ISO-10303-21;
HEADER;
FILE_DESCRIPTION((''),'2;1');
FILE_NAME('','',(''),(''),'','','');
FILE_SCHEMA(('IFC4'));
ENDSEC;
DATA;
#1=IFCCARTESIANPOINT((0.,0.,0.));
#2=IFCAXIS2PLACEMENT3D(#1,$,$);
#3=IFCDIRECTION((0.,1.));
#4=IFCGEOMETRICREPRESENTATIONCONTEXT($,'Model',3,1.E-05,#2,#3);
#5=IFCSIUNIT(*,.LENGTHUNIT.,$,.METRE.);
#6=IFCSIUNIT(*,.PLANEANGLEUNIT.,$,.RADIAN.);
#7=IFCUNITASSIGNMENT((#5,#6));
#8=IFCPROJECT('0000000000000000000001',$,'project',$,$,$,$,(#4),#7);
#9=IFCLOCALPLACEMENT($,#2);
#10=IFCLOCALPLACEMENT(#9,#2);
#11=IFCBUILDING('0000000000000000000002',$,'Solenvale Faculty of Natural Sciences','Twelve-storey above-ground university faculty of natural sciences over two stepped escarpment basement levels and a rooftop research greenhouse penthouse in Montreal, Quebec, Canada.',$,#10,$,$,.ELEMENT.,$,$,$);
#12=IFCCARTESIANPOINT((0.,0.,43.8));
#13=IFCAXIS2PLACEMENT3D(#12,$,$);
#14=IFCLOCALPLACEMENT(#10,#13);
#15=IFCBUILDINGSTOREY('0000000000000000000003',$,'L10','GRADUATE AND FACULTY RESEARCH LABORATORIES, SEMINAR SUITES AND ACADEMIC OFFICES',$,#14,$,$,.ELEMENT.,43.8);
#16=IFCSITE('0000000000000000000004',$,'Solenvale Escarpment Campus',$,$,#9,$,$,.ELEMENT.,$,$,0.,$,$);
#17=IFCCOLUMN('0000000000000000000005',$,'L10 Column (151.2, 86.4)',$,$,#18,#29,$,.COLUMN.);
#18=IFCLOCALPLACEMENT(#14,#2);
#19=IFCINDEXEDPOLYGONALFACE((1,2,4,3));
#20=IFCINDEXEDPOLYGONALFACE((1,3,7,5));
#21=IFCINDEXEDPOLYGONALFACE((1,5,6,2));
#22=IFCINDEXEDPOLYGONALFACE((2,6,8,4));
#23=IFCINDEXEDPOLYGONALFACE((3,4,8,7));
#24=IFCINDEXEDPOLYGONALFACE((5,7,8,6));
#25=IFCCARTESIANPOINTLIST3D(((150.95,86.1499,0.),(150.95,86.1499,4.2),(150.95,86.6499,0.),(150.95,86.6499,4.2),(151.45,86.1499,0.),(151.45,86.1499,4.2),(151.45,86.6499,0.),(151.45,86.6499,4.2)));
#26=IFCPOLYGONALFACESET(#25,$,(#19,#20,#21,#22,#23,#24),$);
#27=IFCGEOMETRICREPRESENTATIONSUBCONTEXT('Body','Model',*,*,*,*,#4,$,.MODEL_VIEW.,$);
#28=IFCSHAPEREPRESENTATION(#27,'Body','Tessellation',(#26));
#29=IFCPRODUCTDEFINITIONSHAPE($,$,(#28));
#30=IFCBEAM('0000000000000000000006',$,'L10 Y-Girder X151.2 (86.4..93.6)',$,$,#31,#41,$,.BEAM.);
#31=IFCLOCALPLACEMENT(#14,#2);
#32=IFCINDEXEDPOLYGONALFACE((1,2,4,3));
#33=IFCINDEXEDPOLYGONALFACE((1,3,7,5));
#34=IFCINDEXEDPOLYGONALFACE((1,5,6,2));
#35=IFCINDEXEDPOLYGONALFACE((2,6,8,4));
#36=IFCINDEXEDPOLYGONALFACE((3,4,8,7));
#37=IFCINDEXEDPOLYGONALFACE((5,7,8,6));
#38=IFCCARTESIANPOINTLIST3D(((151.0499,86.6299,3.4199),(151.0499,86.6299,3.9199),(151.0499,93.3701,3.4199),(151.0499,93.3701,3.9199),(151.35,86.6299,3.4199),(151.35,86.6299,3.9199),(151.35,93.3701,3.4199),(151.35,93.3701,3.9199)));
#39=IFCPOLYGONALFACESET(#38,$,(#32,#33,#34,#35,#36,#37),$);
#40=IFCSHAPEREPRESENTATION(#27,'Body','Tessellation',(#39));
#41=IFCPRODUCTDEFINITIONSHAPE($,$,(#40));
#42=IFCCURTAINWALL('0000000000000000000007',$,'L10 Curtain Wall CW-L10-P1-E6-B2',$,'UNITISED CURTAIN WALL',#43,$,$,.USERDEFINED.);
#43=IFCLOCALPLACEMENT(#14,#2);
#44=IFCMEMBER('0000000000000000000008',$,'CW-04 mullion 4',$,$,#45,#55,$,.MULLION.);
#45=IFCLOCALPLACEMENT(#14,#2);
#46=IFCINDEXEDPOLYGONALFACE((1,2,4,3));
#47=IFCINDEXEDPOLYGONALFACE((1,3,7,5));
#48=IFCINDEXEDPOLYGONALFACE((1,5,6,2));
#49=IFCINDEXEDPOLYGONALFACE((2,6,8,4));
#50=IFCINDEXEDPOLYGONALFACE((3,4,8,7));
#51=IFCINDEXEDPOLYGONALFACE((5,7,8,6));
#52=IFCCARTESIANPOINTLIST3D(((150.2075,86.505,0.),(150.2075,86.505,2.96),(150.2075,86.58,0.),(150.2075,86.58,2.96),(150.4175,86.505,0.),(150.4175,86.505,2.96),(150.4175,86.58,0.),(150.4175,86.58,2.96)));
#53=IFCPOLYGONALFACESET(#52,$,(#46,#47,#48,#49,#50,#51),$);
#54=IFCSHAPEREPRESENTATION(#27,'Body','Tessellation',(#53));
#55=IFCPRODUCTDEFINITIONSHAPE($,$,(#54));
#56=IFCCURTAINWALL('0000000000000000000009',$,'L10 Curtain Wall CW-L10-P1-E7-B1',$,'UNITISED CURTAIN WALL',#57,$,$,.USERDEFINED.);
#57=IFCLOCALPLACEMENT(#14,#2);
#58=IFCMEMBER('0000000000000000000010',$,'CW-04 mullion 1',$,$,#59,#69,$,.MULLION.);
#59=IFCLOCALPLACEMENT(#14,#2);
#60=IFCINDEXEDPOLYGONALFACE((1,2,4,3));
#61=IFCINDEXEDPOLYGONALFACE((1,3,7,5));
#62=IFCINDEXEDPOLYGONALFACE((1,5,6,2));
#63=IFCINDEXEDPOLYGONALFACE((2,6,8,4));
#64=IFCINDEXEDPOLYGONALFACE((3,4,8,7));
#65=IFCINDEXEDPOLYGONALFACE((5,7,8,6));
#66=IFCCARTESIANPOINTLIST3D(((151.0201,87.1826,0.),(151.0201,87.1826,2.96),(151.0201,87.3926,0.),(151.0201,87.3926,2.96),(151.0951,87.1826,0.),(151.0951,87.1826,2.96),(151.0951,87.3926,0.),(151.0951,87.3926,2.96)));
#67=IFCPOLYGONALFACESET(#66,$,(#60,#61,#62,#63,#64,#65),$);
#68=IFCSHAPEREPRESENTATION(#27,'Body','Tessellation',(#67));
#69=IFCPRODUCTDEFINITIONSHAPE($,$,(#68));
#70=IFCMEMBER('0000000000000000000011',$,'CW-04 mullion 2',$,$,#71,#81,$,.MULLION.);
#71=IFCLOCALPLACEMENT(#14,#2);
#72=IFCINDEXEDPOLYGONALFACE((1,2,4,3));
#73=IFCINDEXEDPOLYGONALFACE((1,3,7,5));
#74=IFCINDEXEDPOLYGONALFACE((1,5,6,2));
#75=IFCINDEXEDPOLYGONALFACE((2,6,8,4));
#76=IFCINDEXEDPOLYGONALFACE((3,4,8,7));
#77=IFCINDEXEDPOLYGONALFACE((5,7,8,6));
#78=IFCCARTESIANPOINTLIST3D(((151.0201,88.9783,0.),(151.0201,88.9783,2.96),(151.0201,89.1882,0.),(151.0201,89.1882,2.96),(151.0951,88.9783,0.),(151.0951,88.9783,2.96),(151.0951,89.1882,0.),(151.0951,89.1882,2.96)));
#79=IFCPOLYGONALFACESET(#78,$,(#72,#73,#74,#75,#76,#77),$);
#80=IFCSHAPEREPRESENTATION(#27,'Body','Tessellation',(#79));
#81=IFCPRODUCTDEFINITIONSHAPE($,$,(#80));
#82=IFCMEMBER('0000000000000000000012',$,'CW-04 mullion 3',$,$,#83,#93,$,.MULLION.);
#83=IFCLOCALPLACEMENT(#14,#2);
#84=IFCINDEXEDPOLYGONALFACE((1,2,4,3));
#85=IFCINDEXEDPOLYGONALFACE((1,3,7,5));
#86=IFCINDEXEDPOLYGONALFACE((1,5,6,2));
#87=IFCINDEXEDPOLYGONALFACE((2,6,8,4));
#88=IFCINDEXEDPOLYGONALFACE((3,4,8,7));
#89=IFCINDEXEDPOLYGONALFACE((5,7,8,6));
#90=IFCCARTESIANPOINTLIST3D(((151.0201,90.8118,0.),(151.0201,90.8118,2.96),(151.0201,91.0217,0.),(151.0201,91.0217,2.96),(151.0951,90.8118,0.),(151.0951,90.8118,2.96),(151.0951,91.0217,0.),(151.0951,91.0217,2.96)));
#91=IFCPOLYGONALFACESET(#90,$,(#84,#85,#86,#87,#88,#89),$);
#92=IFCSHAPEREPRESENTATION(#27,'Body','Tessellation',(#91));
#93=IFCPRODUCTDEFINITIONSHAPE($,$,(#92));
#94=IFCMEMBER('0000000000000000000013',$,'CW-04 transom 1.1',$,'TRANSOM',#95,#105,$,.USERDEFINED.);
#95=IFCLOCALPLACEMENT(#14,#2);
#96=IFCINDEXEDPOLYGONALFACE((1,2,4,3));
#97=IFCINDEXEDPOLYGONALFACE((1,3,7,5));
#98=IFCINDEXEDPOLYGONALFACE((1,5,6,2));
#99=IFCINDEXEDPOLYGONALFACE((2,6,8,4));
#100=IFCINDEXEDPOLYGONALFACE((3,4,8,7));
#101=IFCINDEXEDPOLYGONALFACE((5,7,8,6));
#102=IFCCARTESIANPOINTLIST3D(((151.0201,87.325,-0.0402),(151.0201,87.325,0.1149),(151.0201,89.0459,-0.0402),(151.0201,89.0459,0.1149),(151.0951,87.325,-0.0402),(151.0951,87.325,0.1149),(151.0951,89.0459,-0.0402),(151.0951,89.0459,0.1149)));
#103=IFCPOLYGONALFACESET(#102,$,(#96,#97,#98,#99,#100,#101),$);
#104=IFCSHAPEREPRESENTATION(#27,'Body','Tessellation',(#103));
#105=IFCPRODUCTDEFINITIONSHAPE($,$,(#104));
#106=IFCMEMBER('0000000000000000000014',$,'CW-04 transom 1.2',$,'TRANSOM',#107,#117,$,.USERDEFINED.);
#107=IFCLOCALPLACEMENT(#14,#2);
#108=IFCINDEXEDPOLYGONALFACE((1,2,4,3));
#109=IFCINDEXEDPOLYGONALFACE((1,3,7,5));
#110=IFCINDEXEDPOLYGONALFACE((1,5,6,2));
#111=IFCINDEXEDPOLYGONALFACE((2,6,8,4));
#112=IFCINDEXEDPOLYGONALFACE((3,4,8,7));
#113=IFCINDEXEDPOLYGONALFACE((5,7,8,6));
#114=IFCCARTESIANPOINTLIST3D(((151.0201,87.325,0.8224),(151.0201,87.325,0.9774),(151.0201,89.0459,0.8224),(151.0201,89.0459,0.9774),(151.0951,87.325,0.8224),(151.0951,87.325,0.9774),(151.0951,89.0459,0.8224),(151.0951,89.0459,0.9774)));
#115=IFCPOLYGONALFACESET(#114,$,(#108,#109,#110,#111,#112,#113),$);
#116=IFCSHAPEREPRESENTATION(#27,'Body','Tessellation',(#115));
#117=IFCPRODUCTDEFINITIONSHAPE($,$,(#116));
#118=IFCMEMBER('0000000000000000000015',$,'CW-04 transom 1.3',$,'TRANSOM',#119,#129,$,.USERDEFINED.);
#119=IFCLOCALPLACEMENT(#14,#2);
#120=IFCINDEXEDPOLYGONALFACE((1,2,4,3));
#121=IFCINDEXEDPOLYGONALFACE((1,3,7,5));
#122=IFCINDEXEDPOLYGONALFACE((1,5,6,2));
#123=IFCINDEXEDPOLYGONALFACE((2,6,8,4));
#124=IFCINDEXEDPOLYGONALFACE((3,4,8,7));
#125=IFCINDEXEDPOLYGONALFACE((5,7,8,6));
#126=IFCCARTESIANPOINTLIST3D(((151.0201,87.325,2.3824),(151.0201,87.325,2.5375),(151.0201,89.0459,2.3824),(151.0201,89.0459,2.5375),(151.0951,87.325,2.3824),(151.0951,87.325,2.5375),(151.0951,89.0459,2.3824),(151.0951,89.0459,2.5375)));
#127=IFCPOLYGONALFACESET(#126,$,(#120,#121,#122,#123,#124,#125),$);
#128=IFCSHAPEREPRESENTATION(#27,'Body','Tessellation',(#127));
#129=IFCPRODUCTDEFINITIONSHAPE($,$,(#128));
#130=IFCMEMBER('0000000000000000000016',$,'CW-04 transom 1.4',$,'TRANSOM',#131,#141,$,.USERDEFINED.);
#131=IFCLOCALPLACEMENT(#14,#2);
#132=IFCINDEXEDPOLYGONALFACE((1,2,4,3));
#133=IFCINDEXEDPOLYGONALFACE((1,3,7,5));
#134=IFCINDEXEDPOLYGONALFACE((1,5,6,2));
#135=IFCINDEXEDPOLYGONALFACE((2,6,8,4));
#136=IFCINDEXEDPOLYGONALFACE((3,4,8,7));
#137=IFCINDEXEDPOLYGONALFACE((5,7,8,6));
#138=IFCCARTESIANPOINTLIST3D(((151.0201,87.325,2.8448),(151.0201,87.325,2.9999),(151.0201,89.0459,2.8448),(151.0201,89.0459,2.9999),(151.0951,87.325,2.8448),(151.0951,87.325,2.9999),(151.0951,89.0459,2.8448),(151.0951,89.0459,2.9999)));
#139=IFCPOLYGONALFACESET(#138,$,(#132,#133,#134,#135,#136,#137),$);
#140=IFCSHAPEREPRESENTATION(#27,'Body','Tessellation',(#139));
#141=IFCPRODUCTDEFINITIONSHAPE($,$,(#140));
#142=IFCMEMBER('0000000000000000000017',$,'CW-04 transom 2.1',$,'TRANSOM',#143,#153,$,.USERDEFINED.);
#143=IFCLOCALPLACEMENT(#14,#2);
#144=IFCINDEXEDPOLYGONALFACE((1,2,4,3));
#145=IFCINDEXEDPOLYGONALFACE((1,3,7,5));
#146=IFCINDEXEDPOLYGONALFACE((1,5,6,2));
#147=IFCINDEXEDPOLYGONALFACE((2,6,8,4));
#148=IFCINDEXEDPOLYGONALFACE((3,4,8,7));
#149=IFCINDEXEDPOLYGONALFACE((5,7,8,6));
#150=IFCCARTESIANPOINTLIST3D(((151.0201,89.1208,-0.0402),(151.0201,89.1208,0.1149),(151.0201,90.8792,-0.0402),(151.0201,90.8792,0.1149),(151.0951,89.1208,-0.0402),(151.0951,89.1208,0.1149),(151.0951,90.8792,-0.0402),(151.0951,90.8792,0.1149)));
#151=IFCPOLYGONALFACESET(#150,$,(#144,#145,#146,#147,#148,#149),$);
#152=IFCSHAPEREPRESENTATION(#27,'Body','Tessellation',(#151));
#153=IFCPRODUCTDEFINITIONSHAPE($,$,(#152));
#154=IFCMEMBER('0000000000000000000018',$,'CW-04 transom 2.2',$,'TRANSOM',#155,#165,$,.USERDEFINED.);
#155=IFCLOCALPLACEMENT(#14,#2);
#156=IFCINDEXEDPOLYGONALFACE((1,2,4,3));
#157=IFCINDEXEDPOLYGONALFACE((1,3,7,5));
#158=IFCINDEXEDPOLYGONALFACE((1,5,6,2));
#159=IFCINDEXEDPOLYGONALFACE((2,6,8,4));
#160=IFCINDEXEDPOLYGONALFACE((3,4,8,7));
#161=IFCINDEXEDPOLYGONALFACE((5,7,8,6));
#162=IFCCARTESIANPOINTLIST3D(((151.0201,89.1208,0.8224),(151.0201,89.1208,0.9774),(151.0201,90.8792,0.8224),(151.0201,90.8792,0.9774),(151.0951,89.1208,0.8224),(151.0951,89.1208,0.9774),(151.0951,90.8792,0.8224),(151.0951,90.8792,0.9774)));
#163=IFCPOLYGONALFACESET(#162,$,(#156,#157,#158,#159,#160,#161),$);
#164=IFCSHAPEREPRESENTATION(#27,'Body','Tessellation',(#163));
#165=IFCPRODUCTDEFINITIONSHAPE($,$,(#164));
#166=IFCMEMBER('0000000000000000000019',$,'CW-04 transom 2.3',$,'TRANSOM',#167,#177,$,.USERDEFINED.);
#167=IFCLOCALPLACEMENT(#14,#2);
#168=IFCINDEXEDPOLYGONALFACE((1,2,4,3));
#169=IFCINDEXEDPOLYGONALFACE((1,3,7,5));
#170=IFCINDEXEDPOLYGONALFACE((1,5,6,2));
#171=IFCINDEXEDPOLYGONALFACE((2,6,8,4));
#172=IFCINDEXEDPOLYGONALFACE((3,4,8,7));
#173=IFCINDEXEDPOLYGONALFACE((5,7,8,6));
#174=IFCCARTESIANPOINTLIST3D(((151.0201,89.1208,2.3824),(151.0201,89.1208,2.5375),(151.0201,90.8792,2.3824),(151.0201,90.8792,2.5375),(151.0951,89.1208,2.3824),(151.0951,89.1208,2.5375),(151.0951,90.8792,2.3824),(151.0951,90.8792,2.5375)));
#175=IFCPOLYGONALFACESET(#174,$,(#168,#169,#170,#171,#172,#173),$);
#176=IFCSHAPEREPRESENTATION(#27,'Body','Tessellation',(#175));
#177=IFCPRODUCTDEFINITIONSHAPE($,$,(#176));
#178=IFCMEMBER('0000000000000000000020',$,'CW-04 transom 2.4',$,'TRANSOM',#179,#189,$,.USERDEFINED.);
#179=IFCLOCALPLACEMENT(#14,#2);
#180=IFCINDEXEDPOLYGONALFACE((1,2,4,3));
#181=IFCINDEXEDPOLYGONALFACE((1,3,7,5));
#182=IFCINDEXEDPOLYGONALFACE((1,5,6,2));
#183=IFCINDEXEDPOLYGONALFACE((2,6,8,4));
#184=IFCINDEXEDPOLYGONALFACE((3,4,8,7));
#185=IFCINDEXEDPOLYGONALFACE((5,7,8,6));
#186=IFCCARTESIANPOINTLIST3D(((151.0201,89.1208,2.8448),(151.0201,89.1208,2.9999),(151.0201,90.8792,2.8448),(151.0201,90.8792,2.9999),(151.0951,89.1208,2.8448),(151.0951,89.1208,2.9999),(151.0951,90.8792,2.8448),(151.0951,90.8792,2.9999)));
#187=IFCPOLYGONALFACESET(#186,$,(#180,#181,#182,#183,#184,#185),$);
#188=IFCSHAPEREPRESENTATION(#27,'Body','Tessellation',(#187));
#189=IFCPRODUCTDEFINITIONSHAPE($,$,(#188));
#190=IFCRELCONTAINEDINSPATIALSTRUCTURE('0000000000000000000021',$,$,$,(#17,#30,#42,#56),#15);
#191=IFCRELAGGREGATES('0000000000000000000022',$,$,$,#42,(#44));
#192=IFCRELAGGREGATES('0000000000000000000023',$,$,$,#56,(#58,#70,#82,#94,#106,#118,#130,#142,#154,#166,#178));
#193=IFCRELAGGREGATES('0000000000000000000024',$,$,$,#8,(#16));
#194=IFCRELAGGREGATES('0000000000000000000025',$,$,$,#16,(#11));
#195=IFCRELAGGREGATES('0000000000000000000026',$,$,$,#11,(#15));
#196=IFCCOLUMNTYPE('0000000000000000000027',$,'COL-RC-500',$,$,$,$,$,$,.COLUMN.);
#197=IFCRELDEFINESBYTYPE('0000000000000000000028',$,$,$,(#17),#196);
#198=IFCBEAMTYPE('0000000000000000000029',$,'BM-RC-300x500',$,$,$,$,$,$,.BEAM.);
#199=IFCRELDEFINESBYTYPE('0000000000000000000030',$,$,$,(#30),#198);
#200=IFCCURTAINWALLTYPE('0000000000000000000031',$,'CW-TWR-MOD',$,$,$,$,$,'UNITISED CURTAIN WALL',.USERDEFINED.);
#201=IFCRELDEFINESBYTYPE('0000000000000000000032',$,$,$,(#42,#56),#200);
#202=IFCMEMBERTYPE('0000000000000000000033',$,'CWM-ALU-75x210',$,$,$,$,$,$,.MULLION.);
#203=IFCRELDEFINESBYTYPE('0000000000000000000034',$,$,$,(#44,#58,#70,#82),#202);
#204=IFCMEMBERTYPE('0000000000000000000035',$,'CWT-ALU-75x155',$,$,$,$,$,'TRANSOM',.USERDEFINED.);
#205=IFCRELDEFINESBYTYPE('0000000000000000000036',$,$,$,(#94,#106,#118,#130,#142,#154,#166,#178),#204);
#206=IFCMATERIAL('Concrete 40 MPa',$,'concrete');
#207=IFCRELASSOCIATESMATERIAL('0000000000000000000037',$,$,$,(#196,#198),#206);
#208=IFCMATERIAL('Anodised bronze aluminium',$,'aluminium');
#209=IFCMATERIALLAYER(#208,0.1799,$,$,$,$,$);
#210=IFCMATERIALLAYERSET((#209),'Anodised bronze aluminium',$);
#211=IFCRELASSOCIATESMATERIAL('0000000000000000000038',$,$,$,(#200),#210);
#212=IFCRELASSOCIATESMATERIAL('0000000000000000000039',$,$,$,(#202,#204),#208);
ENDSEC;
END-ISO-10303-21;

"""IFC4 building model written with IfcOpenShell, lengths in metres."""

from ifc_helpers import new_model, si_unit, direction, frame, origin, origin_2d, place, context, subcontext, project, spatial, rectangle, extrude, material, layer, layer_set, material_profile, profile_set, type_object, element, aggregate, save


model = new_model("IFC4")

# Units and contexts
model_context = context("Model", 3, precision=1e-05, world=origin(), true_north=direction((0.0, 1.0)))
body_context = subcontext(model_context, "Body", "Model", "MODEL_VIEW")
ifc_project = project(units=[si_unit("LENGTHUNIT", "METRE"), si_unit("PLANEANGLEUNIT", "RADIAN")], contexts=[model_context])

# Site, building, storey
site_placement = place(None, origin())
site = spatial("IfcSite", under=ifc_project, at=site_placement, Name="Solenvale Escarpment Campus", CompositionType="ELEMENT", RefElevation=0.0)
building_placement = place(site_placement, origin())
building = spatial("IfcBuilding", under=site, at=building_placement, Name="Solenvale Faculty of Natural Sciences", Description="Twelve-storey above-ground university faculty of natural sciences over two stepped escarpment basement levels and a rooftop research greenhouse penthouse in Montreal, Quebec, Canada.", CompositionType="ELEMENT")
storey_placement = place(building_placement, frame((0.0, 0.0, 43.8)))
storey = spatial("IfcBuildingStorey", under=building, at=storey_placement, Name="L10", Description="GRADUATE AND FACULTY RESEARCH LABORATORIES, SEMINAR SUITES AND ACADEMIC OFFICES", CompositionType="ELEMENT", Elevation=43.8)

# Column
ifc_material_1 = material(Name="Concrete 40 MPa", Category="concrete")
ifc_material_profile_1 = material_profile(ifc_material_1, rectangle(XDim=0.5, YDim=0.5, at=origin_2d()), Name="RC-COL-500x500")
ifc_profile_set_1 = profile_set([ifc_material_profile_1], Name="Concrete 40 MPa")
column_type = type_object("IfcColumnType", Name="COL-RC-500", PredefinedType="COLUMN", material=ifc_profile_set_1)
column_placement = place(storey_placement, frame((151.2, 86.3999, 0.0), z_axis=(0.0, 0.0, 1.0), x_axis=(1.0, 0.0, 0.0)))
element("IfcColumn", 1, at=column_placement, inside=storey, type_object=column_type, Name="L10 Column (151.2, 86.4)", PredefinedType="COLUMN", context=body_context, shape_type="SweptSolid", body=[
    extrude(rectangle(XDim=0.5, YDim=0.5, at=origin_2d()), origin(), (0.0, 0.0, 1.0), 4.2),
])

# Beam
ifc_material_profile_2 = material_profile(ifc_material_1, rectangle(XDim=0.3, YDim=0.5, at=origin_2d()), Name="RC-BM-300x500")
ifc_profile_set_2 = profile_set([ifc_material_profile_2], Name="Concrete 40 MPa")
beam_type = type_object("IfcBeamType", Name="BM-RC-300x500", PredefinedType="BEAM", material=ifc_profile_set_2)
beam_placement = place(storey_placement, frame((151.2, 86.6299, 3.6699), z_axis=(0.0, 1.0, 0.0), x_axis=(-1.0, 0.0, 0.0)))
element("IfcBeam", 2, at=beam_placement, inside=storey, type_object=beam_type, Name="L10 Y-Girder X151.2 (86.4..93.6)", PredefinedType="BEAM", context=body_context, shape_type="SweptSolid", body=[
    extrude(rectangle(XDim=0.3, YDim=0.5, at=origin_2d()), origin(), (0.0, 0.0, 1.0), 6.7402),
])

# Curtain wall, member
ifc_material_2 = material(Name="Anodised bronze aluminium", Category="aluminium")
ifc_layer_1 = layer(ifc_material_2, 0.1799)
ifc_layer_set_1 = layer_set([ifc_layer_1], Name="Anodised bronze aluminium")
curtain_wall_type = type_object("IfcCurtainWallType", Name="CW-TWR-MOD", ElementType="UNITISED CURTAIN WALL", PredefinedType="USERDEFINED", material=ifc_layer_set_1)
curtain_wall_1_placement = place(storey_placement, origin())
curtain_wall_1 = element("IfcCurtainWall", 3, at=curtain_wall_1_placement, inside=storey, type_object=curtain_wall_type, Name="L10 Curtain Wall CW-L10-P1-E6-B2", ObjectType="UNITISED CURTAIN WALL", PredefinedType="USERDEFINED")
ifc_material_profile_3 = material_profile(ifc_material_2, rectangle(XDim=0.075, YDim=0.21, at=origin_2d()), Name="ALU-MUL-75x210")
ifc_profile_set_3 = profile_set([ifc_material_profile_3], Name="Anodised bronze aluminium")
member_type_1 = type_object("IfcMemberType", Name="CWM-ALU-75x210", PredefinedType="MULLION", material=ifc_profile_set_3)
member_1_placement = place(storey_placement, frame((150.3125, 86.5425, 0.0), z_axis=(0.0, 0.0, 1.0), x_axis=(0.0, 1.0, 0.0)))
member_1 = element("IfcMember", 4, at=member_1_placement, type_object=member_type_1, Name="CW-04 mullion 4", PredefinedType="MULLION", context=body_context, shape_type="SweptSolid", body=[
    extrude(rectangle(XDim=0.075, YDim=0.21, at=origin_2d()), origin(), (0.0, 0.0, 1.0), 2.96),
])

# Curtain wall, members
curtain_wall_2_placement = place(storey_placement, origin())
curtain_wall_2 = element("IfcCurtainWall", 5, at=curtain_wall_2_placement, inside=storey, type_object=curtain_wall_type, Name="L10 Curtain Wall CW-L10-P1-E7-B1", ObjectType="UNITISED CURTAIN WALL", PredefinedType="USERDEFINED")
member_2_placement = place(storey_placement, frame((151.0576, 87.2876, 0.0), z_axis=(0.0, 0.0, 1.0), x_axis=(-1.0, 0.0, 0.0)))
member_2 = element("IfcMember", 6, at=member_2_placement, type_object=member_type_1, Name="CW-04 mullion 1", PredefinedType="MULLION", context=body_context, shape_type="SweptSolid", body=[
    extrude(rectangle(XDim=0.075, YDim=0.21, at=origin_2d()), origin(), (0.0, 0.0, 1.0), 2.96),
])
member_3_placement = place(storey_placement, frame((151.0576, 89.0833, 0.0), z_axis=(0.0, 0.0, 1.0), x_axis=(-1.0, 0.0, 0.0)))
member_3 = element("IfcMember", 7, at=member_3_placement, type_object=member_type_1, Name="CW-04 mullion 2", PredefinedType="MULLION", context=body_context, shape_type="SweptSolid", body=[
    extrude(rectangle(XDim=0.075, YDim=0.21, at=origin_2d()), origin(), (0.0, 0.0, 1.0), 2.96),
])
member_4_placement = place(storey_placement, frame((151.0576, 90.9167, 0.0), z_axis=(0.0, 0.0, 1.0), x_axis=(-1.0, 0.0, 0.0)))
member_4 = element("IfcMember", 8, at=member_4_placement, type_object=member_type_1, Name="CW-04 mullion 3", PredefinedType="MULLION", context=body_context, shape_type="SweptSolid", body=[
    extrude(rectangle(XDim=0.075, YDim=0.21, at=origin_2d()), origin(), (0.0, 0.0, 1.0), 2.96),
])
ifc_material_profile_4 = material_profile(ifc_material_2, rectangle(XDim=0.075, YDim=0.155, at=origin_2d()), Name="ALU-TRN-75x155")
ifc_profile_set_4 = profile_set([ifc_material_profile_4], Name="Anodised bronze aluminium")
member_type_2 = type_object("IfcMemberType", Name="CWT-ALU-75x155", ElementType="TRANSOM", PredefinedType="USERDEFINED", material=ifc_profile_set_4)
member_5_placement = place(storey_placement, frame((151.0576, 87.325, 0.0374), z_axis=(0.0, 1.0, 0.0), x_axis=(-1.0, 0.0, 0.0)))
member_5 = element("IfcMember", 9, at=member_5_placement, type_object=member_type_2, Name="CW-04 transom 1.1", ObjectType="TRANSOM", PredefinedType="USERDEFINED", context=body_context, shape_type="SweptSolid", body=[
    extrude(rectangle(XDim=0.075, YDim=0.155, at=origin_2d()), origin(), (0.0, 0.0, 1.0), 1.7209),
])
member_6_placement = place(storey_placement, frame((151.0576, 87.325, 0.8999), z_axis=(0.0, 1.0, 0.0), x_axis=(-1.0, 0.0, 0.0)))
member_6 = element("IfcMember", 10, at=member_6_placement, type_object=member_type_2, Name="CW-04 transom 1.2", ObjectType="TRANSOM", PredefinedType="USERDEFINED", context=body_context, shape_type="SweptSolid", body=[
    extrude(rectangle(XDim=0.075, YDim=0.155, at=origin_2d()), origin(), (0.0, 0.0, 1.0), 1.7209),
])
member_7_placement = place(storey_placement, frame((151.0576, 87.325, 2.46), z_axis=(0.0, 1.0, 0.0), x_axis=(-1.0, 0.0, 0.0)))
member_7 = element("IfcMember", 11, at=member_7_placement, type_object=member_type_2, Name="CW-04 transom 1.3", ObjectType="TRANSOM", PredefinedType="USERDEFINED", context=body_context, shape_type="SweptSolid", body=[
    extrude(rectangle(XDim=0.075, YDim=0.155, at=origin_2d()), origin(), (0.0, 0.0, 1.0), 1.7209),
])
member_8_placement = place(storey_placement, frame((151.0576, 87.325, 2.9224), z_axis=(0.0, 1.0, 0.0), x_axis=(-1.0, 0.0, 0.0)))
member_8 = element("IfcMember", 12, at=member_8_placement, type_object=member_type_2, Name="CW-04 transom 1.4", ObjectType="TRANSOM", PredefinedType="USERDEFINED", context=body_context, shape_type="SweptSolid", body=[
    extrude(rectangle(XDim=0.075, YDim=0.155, at=origin_2d()), origin(), (0.0, 0.0, 1.0), 1.7209),
])
member_9_placement = place(storey_placement, frame((151.0576, 89.1208, 0.0374), z_axis=(0.0, 1.0, 0.0), x_axis=(-1.0, 0.0, 0.0)))
member_9 = element("IfcMember", 13, at=member_9_placement, type_object=member_type_2, Name="CW-04 transom 2.1", ObjectType="TRANSOM", PredefinedType="USERDEFINED", context=body_context, shape_type="SweptSolid", body=[
    extrude(rectangle(XDim=0.075, YDim=0.155, at=origin_2d()), origin(), (0.0, 0.0, 1.0), 1.7583),
])
member_10_placement = place(storey_placement, frame((151.0576, 89.1208, 0.8999), z_axis=(0.0, 1.0, 0.0), x_axis=(-1.0, 0.0, 0.0)))
member_10 = element("IfcMember", 14, at=member_10_placement, type_object=member_type_2, Name="CW-04 transom 2.2", ObjectType="TRANSOM", PredefinedType="USERDEFINED", context=body_context, shape_type="SweptSolid", body=[
    extrude(rectangle(XDim=0.075, YDim=0.155, at=origin_2d()), origin(), (0.0, 0.0, 1.0), 1.7583),
])
member_11_placement = place(storey_placement, frame((151.0576, 89.1208, 2.46), z_axis=(0.0, 1.0, 0.0), x_axis=(-1.0, 0.0, 0.0)))
member_11 = element("IfcMember", 15, at=member_11_placement, type_object=member_type_2, Name="CW-04 transom 2.3", ObjectType="TRANSOM", PredefinedType="USERDEFINED", context=body_context, shape_type="SweptSolid", body=[
    extrude(rectangle(XDim=0.075, YDim=0.155, at=origin_2d()), origin(), (0.0, 0.0, 1.0), 1.7583),
])
member_12_placement = place(storey_placement, frame((151.0576, 89.1208, 2.9224), z_axis=(0.0, 1.0, 0.0), x_axis=(-1.0, 0.0, 0.0)))
member_12 = element("IfcMember", 16, at=member_12_placement, type_object=member_type_2, Name="CW-04 transom 2.4", ObjectType="TRANSOM", PredefinedType="USERDEFINED", context=body_context, shape_type="SweptSolid", body=[
    extrude(rectangle(XDim=0.075, YDim=0.155, at=origin_2d()), origin(), (0.0, 0.0, 1.0), 1.7583),
])

aggregate(curtain_wall_1, [member_1])
aggregate(curtain_wall_2, [member_2, member_3, member_4, member_5, member_6, member_7, member_8, member_9, member_10, member_11, member_12])

save(model, "model.ifc")
